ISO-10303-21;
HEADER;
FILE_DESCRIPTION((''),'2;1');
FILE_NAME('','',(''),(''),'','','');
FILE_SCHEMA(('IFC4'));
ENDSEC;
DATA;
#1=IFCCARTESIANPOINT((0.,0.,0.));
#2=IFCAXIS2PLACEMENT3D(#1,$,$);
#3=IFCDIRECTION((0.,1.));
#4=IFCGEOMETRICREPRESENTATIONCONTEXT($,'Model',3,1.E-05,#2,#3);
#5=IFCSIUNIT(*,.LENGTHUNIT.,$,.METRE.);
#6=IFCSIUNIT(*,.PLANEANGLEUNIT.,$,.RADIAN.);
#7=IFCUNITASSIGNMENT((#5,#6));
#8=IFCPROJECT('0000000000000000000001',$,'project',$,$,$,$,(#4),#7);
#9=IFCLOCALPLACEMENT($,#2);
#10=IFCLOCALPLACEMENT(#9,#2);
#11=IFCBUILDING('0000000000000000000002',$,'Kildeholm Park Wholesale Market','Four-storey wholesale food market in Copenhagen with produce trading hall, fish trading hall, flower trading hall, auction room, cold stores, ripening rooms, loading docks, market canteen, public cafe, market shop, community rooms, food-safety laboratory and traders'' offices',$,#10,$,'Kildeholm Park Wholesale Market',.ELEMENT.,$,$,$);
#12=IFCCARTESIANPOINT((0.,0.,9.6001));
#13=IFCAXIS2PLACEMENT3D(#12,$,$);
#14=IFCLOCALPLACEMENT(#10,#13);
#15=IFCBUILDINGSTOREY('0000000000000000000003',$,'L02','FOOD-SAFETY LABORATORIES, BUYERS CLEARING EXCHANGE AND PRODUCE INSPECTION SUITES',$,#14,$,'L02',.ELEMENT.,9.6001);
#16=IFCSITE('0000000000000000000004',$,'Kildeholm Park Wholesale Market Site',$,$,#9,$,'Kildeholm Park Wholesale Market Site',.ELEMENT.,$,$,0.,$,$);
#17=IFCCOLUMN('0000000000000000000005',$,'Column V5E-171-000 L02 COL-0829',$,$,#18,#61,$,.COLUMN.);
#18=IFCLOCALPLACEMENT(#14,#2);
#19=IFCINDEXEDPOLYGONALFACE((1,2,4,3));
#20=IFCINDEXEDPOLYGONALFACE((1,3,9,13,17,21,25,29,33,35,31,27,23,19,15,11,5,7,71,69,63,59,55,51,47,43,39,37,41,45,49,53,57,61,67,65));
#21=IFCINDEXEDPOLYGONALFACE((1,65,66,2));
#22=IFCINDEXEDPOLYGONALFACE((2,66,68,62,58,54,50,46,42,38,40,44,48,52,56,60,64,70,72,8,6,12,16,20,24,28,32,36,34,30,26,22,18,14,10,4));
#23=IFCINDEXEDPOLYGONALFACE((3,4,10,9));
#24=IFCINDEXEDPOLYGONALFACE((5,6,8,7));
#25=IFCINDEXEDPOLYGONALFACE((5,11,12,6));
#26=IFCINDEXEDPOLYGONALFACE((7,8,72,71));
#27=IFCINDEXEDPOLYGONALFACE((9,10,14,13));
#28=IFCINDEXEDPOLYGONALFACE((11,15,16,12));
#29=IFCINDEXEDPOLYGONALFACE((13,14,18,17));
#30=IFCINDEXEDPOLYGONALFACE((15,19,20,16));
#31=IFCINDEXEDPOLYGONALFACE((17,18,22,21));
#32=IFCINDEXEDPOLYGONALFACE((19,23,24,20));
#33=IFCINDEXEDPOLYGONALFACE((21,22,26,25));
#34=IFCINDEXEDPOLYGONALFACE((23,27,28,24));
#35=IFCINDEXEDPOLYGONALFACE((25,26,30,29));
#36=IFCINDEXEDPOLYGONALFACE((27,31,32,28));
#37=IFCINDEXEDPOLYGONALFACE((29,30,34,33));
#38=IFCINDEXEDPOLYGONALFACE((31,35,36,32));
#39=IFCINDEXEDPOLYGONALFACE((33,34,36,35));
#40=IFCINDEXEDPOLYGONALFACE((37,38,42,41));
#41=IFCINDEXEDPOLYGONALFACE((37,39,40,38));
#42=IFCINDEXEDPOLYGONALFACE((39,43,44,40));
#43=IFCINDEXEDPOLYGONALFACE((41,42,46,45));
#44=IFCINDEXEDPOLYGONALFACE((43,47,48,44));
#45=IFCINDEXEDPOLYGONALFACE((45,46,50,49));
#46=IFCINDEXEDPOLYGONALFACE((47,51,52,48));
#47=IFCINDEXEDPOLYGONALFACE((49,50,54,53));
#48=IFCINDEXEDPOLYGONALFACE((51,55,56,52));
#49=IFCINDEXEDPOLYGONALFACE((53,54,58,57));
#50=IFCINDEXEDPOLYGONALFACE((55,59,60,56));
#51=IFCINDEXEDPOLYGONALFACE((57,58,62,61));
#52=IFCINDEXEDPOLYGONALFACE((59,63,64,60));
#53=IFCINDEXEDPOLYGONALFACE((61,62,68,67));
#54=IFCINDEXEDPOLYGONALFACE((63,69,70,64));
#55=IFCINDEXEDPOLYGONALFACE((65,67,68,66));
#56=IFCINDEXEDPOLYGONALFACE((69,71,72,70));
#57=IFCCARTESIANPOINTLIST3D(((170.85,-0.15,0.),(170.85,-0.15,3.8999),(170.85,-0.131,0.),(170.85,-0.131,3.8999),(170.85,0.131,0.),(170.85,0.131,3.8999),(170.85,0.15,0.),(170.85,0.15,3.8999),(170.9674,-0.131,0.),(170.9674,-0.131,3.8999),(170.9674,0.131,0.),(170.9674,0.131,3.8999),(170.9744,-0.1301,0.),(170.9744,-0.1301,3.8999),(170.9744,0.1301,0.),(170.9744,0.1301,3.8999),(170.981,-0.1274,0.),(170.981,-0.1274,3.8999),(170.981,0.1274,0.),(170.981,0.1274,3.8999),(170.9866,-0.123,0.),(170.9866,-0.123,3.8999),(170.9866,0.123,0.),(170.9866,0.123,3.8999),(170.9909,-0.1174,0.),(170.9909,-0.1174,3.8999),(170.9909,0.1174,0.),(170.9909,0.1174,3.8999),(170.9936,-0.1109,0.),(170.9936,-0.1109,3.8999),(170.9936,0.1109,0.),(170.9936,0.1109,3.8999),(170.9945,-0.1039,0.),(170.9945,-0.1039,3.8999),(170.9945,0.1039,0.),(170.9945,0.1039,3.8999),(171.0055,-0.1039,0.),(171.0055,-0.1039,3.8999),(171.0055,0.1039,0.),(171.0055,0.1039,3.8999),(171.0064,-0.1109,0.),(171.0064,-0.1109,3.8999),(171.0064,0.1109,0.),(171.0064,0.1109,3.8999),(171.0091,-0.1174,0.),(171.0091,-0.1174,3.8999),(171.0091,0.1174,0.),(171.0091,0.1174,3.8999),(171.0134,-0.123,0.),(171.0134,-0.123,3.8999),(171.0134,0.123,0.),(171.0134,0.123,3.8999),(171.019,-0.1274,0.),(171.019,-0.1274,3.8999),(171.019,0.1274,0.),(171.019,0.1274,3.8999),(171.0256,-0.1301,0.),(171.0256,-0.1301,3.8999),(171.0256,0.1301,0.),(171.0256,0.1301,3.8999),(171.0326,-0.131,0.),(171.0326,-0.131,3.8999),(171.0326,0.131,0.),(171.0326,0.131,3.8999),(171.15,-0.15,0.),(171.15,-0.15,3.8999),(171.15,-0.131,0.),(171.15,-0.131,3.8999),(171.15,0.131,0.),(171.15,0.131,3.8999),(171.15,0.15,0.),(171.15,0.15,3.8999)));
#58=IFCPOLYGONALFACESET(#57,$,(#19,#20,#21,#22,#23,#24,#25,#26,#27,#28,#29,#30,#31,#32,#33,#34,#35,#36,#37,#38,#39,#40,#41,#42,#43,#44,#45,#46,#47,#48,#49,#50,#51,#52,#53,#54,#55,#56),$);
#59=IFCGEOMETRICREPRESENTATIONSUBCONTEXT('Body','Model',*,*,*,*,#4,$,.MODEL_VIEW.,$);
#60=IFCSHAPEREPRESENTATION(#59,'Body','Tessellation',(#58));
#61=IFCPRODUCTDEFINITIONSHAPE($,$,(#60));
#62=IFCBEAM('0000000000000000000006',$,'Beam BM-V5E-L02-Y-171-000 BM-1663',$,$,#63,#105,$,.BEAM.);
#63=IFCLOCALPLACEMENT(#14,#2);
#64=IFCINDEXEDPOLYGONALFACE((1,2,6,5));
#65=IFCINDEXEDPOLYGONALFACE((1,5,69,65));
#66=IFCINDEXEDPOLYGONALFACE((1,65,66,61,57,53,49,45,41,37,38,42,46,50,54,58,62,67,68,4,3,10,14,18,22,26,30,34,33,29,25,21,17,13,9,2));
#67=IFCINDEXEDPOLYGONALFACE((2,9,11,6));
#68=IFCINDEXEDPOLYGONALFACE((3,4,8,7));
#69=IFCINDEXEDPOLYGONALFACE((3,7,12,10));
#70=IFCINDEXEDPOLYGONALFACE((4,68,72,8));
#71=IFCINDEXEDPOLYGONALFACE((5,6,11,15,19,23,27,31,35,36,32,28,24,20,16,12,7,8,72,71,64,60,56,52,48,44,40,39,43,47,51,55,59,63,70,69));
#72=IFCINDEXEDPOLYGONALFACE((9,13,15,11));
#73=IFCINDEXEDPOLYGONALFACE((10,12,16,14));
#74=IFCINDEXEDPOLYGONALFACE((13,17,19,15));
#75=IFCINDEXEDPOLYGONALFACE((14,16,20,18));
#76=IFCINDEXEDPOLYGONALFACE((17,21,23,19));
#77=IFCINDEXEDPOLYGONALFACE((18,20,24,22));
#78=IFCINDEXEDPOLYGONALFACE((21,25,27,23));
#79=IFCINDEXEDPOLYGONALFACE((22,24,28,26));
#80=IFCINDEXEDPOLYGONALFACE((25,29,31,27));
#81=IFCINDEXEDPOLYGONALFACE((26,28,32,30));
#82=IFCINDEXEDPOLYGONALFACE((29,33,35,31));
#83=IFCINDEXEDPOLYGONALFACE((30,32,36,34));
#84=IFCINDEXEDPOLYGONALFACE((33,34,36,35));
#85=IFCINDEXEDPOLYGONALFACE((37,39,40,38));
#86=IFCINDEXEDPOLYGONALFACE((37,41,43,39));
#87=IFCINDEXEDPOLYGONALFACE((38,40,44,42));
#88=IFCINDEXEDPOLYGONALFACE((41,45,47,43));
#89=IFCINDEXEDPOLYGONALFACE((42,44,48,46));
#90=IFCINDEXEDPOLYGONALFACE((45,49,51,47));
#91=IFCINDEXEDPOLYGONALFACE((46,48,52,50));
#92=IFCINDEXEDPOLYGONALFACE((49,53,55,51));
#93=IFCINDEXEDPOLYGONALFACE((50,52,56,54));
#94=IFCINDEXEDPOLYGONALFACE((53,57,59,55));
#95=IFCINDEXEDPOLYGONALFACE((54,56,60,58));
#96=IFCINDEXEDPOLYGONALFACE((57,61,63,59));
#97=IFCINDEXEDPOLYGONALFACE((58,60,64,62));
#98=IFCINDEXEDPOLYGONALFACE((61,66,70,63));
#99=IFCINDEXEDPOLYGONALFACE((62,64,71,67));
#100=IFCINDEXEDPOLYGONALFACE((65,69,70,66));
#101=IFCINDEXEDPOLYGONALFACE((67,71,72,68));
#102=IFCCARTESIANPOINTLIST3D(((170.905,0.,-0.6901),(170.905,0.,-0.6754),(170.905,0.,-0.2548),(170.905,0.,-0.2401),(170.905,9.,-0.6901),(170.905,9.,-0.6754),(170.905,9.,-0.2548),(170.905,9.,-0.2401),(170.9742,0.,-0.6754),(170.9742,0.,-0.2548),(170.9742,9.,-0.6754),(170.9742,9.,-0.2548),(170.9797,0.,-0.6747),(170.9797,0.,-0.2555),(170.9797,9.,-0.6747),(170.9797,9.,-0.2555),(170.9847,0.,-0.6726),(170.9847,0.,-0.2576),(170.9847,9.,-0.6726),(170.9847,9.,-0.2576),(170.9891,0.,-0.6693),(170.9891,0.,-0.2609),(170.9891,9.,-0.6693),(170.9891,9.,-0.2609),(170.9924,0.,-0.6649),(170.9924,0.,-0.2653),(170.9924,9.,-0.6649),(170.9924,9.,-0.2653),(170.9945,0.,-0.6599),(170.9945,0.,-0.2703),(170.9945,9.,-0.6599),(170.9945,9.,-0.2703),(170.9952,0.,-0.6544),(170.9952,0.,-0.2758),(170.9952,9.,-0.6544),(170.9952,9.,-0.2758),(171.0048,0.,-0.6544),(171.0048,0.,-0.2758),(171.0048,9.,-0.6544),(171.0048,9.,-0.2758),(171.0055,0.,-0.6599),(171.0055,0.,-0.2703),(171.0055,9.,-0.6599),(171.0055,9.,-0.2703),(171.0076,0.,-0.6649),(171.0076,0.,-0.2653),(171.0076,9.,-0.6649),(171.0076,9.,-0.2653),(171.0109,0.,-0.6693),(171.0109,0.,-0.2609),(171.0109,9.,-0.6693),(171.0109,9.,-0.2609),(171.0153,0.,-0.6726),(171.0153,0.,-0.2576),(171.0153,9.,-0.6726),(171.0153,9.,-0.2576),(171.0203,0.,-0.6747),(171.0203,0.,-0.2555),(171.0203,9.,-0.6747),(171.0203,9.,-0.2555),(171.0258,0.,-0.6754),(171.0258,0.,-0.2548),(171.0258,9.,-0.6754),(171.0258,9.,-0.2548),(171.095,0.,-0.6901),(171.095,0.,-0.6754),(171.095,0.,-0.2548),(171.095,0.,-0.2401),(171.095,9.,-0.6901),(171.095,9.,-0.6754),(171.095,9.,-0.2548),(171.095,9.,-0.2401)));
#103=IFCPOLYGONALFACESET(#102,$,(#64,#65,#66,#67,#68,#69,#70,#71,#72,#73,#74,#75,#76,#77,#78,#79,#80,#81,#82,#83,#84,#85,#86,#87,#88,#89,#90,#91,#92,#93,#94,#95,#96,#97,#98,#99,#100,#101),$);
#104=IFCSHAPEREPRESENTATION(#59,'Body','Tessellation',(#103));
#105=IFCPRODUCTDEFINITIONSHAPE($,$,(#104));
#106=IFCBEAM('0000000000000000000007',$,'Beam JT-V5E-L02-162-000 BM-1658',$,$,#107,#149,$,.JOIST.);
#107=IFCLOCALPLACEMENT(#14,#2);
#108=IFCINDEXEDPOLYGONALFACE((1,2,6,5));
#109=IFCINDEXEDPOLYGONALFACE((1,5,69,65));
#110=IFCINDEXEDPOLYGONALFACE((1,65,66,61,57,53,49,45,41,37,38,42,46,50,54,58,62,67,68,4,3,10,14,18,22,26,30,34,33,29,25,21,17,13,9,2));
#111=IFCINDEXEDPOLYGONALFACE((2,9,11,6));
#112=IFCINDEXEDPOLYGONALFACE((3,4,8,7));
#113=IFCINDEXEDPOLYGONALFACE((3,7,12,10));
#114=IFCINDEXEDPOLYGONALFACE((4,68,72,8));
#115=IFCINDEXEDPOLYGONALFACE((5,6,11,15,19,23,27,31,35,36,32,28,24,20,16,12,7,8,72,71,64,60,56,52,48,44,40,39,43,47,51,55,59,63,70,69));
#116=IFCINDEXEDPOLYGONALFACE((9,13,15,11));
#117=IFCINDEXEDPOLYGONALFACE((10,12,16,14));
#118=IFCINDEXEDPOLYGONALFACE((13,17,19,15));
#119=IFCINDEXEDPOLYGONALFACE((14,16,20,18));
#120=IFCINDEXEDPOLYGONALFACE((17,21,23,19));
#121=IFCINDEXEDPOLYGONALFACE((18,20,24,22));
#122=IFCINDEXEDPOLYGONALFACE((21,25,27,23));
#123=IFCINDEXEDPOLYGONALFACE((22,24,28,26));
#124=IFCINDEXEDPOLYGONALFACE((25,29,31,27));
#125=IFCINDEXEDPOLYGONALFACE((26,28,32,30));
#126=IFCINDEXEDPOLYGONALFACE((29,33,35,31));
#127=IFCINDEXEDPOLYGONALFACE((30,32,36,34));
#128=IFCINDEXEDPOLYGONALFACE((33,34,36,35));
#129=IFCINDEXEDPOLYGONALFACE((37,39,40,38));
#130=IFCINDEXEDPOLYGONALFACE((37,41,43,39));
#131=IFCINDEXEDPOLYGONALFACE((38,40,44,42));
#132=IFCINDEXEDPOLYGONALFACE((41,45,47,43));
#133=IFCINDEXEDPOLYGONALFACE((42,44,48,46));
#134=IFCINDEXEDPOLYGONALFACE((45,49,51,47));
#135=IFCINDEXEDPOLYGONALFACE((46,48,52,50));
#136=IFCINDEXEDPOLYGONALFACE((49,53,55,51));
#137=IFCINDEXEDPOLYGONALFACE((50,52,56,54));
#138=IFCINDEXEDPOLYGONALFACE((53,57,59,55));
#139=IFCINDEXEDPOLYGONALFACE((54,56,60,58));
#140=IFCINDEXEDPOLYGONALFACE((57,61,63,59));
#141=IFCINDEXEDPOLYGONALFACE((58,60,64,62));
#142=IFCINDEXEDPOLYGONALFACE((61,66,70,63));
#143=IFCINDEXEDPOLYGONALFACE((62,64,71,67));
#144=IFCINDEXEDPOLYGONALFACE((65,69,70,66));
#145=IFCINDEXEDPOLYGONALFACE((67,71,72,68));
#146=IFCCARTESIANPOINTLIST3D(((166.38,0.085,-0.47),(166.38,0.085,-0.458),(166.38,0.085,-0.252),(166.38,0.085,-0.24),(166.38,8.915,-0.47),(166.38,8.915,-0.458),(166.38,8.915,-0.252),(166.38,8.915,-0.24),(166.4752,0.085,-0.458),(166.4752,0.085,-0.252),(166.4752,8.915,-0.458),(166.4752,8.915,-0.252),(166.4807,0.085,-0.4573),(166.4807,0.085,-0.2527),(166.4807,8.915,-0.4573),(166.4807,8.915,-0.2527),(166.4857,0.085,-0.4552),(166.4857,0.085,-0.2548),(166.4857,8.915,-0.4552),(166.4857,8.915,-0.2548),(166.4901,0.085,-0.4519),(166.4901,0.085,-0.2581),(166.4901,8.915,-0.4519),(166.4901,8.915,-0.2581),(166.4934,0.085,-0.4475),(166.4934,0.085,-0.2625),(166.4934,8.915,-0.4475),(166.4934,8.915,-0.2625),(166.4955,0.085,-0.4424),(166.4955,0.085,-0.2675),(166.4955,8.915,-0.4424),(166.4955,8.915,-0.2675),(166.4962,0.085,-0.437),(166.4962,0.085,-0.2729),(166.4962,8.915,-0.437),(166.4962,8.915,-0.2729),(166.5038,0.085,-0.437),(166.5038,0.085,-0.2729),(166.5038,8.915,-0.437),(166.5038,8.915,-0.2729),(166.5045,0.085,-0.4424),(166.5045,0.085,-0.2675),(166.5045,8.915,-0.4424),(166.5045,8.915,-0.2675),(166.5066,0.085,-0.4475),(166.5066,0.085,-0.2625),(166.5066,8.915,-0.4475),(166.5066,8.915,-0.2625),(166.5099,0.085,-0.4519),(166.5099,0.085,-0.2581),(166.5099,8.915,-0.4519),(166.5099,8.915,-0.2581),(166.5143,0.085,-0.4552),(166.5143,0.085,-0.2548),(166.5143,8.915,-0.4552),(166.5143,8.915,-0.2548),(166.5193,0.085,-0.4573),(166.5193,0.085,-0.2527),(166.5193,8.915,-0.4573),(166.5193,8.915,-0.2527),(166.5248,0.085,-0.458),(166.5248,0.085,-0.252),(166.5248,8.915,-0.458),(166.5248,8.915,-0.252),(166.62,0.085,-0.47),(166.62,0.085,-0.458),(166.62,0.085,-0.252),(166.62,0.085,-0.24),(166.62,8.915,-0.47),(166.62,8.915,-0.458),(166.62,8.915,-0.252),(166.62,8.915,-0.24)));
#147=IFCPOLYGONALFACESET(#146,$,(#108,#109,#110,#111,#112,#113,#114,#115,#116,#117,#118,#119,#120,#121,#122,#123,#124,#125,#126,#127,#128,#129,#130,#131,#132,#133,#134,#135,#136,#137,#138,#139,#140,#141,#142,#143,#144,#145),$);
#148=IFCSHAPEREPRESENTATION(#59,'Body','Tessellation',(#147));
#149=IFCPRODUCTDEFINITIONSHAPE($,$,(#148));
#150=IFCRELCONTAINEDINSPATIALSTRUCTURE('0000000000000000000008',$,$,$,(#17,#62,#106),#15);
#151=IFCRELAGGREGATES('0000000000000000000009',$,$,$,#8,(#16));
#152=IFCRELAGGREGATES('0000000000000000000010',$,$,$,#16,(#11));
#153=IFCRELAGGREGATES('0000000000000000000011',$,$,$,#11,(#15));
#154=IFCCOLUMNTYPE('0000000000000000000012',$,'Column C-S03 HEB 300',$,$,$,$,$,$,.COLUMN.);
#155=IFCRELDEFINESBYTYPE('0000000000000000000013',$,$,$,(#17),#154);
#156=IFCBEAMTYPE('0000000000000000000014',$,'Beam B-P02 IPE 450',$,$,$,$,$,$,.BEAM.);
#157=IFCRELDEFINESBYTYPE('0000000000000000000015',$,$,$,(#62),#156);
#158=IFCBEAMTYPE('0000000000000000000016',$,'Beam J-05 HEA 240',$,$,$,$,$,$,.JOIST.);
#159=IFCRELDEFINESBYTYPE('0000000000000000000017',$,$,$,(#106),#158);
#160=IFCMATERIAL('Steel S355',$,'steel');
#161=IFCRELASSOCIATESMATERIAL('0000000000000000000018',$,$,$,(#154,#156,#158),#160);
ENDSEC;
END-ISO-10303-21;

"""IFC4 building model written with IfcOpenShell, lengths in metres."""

from ifc_helpers import new_model, si_unit, direction, frame, origin, origin_2d, place, context, subcontext, project, spatial, i_section, extrude, material, material_profile, profile_set, type_object, element, save


model = new_model("IFC4")

# Units and contexts
model_context = context("Model", 3, precision=1e-05, world=origin(), true_north=direction((0.0, 1.0)))
body_context = subcontext(model_context, "Body", "Model", "MODEL_VIEW")
ifc_project = project(units=[si_unit("LENGTHUNIT", "METRE"), si_unit("PLANEANGLEUNIT", "RADIAN")], contexts=[model_context])

# Site, building, storey
site_placement = place(None, origin())
site = spatial("IfcSite", under=ifc_project, at=site_placement, Name="Kildeholm Park Wholesale Market Site", LongName="Kildeholm Park Wholesale Market Site", CompositionType="ELEMENT", RefElevation=0.0)
building_placement = place(site_placement, origin())
building = spatial("IfcBuilding", under=site, at=building_placement, Name="Kildeholm Park Wholesale Market", Description="Four-storey wholesale food market in Copenhagen with produce trading hall, fish trading hall, flower trading hall, auction room, cold stores, ripening rooms, loading docks, market canteen, public cafe, market shop, community rooms, food-safety laboratory and traders' offices", LongName="Kildeholm Park Wholesale Market", CompositionType="ELEMENT")
storey_placement = place(building_placement, frame((0.0, 0.0, 9.6001)))
storey = spatial("IfcBuildingStorey", under=building, at=storey_placement, Name="L02", Description="FOOD-SAFETY LABORATORIES, BUYERS CLEARING EXCHANGE AND PRODUCE INSPECTION SUITES", LongName="L02", CompositionType="ELEMENT", Elevation=9.6001)

# Column
ifc_material_1 = material(Name="Steel S355", Category="steel")
ifc_material_profile_1 = material_profile(ifc_material_1, i_section(OverallWidth=0.3, OverallDepth=0.3, WebThickness=0.011, FlangeThickness=0.019, FilletRadius=0.0271, at=origin_2d()), Name="HEB 300")
ifc_profile_set_1 = profile_set([ifc_material_profile_1], Name="Steel S355")
column_type = type_object("IfcColumnType", Name="Column C-S03 HEB 300", PredefinedType="COLUMN", material=ifc_profile_set_1)
column_placement = place(storey_placement, frame((171.0, 0.0, 0.0), z_axis=(0.0, 0.0, 1.0), x_axis=(1.0, 0.0, 0.0)))
element("IfcColumn", 1, at=column_placement, inside=storey, type_object=column_type, Name="Column V5E-171-000 L02 COL-0829", PredefinedType="COLUMN", context=body_context, shape_type="SweptSolid", body=[
    extrude(i_section(OverallWidth=0.3, OverallDepth=0.3, WebThickness=0.011, FlangeThickness=0.019, FilletRadius=0.0271, at=origin_2d()), origin(), (0.0, 0.0, 1.0), 3.8999),
])

# Beams
ifc_material_profile_2 = material_profile(ifc_material_1, i_section(OverallWidth=0.1899, OverallDepth=0.45, WebThickness=0.0095, FlangeThickness=0.0146, FilletRadius=0.021, at=origin_2d()), Name="IPE 450")
ifc_profile_set_2 = profile_set([ifc_material_profile_2], Name="Steel S355")
beam_type_1 = type_object("IfcBeamType", Name="Beam B-P02 IPE 450", PredefinedType="BEAM", material=ifc_profile_set_2)
beam_1_placement = place(storey_placement, frame((171.0, 0.0, -0.4651), z_axis=(0.0, 1.0, 0.0), x_axis=(-1.0, 0.0, 0.0)))
element("IfcBeam", 2, at=beam_1_placement, inside=storey, type_object=beam_type_1, Name="Beam BM-V5E-L02-Y-171-000 BM-1663", PredefinedType="BEAM", context=body_context, shape_type="SweptSolid", body=[
    extrude(i_section(OverallWidth=0.1899, OverallDepth=0.45, WebThickness=0.0095, FlangeThickness=0.0146, FilletRadius=0.021, at=origin_2d()), origin(), (0.0, 0.0, 1.0), 9.0),
])
ifc_material_profile_3 = material_profile(ifc_material_1, i_section(OverallWidth=0.24, OverallDepth=0.23, WebThickness=0.0076, FlangeThickness=0.012, FilletRadius=0.021, at=origin_2d()), Name="HEA 240")
ifc_profile_set_3 = profile_set([ifc_material_profile_3], Name="Steel S355")
beam_type_2 = type_object("IfcBeamType", Name="Beam J-05 HEA 240", PredefinedType="JOIST", material=ifc_profile_set_3)
beam_2_placement = place(storey_placement, frame((166.5, 0.085, -0.355), z_axis=(0.0, 1.0, 0.0), x_axis=(-1.0, 0.0, 0.0)))
element("IfcBeam", 3, at=beam_2_placement, inside=storey, type_object=beam_type_2, Name="Beam JT-V5E-L02-162-000 BM-1658", PredefinedType="JOIST", context=body_context, shape_type="SweptSolid", body=[
    extrude(i_section(OverallWidth=0.24, OverallDepth=0.23, WebThickness=0.0076, FlangeThickness=0.012, FilletRadius=0.021, at=origin_2d()), origin(), (0.0, 0.0, 1.0), 8.8301),
])

save(model, "model.ifc")
